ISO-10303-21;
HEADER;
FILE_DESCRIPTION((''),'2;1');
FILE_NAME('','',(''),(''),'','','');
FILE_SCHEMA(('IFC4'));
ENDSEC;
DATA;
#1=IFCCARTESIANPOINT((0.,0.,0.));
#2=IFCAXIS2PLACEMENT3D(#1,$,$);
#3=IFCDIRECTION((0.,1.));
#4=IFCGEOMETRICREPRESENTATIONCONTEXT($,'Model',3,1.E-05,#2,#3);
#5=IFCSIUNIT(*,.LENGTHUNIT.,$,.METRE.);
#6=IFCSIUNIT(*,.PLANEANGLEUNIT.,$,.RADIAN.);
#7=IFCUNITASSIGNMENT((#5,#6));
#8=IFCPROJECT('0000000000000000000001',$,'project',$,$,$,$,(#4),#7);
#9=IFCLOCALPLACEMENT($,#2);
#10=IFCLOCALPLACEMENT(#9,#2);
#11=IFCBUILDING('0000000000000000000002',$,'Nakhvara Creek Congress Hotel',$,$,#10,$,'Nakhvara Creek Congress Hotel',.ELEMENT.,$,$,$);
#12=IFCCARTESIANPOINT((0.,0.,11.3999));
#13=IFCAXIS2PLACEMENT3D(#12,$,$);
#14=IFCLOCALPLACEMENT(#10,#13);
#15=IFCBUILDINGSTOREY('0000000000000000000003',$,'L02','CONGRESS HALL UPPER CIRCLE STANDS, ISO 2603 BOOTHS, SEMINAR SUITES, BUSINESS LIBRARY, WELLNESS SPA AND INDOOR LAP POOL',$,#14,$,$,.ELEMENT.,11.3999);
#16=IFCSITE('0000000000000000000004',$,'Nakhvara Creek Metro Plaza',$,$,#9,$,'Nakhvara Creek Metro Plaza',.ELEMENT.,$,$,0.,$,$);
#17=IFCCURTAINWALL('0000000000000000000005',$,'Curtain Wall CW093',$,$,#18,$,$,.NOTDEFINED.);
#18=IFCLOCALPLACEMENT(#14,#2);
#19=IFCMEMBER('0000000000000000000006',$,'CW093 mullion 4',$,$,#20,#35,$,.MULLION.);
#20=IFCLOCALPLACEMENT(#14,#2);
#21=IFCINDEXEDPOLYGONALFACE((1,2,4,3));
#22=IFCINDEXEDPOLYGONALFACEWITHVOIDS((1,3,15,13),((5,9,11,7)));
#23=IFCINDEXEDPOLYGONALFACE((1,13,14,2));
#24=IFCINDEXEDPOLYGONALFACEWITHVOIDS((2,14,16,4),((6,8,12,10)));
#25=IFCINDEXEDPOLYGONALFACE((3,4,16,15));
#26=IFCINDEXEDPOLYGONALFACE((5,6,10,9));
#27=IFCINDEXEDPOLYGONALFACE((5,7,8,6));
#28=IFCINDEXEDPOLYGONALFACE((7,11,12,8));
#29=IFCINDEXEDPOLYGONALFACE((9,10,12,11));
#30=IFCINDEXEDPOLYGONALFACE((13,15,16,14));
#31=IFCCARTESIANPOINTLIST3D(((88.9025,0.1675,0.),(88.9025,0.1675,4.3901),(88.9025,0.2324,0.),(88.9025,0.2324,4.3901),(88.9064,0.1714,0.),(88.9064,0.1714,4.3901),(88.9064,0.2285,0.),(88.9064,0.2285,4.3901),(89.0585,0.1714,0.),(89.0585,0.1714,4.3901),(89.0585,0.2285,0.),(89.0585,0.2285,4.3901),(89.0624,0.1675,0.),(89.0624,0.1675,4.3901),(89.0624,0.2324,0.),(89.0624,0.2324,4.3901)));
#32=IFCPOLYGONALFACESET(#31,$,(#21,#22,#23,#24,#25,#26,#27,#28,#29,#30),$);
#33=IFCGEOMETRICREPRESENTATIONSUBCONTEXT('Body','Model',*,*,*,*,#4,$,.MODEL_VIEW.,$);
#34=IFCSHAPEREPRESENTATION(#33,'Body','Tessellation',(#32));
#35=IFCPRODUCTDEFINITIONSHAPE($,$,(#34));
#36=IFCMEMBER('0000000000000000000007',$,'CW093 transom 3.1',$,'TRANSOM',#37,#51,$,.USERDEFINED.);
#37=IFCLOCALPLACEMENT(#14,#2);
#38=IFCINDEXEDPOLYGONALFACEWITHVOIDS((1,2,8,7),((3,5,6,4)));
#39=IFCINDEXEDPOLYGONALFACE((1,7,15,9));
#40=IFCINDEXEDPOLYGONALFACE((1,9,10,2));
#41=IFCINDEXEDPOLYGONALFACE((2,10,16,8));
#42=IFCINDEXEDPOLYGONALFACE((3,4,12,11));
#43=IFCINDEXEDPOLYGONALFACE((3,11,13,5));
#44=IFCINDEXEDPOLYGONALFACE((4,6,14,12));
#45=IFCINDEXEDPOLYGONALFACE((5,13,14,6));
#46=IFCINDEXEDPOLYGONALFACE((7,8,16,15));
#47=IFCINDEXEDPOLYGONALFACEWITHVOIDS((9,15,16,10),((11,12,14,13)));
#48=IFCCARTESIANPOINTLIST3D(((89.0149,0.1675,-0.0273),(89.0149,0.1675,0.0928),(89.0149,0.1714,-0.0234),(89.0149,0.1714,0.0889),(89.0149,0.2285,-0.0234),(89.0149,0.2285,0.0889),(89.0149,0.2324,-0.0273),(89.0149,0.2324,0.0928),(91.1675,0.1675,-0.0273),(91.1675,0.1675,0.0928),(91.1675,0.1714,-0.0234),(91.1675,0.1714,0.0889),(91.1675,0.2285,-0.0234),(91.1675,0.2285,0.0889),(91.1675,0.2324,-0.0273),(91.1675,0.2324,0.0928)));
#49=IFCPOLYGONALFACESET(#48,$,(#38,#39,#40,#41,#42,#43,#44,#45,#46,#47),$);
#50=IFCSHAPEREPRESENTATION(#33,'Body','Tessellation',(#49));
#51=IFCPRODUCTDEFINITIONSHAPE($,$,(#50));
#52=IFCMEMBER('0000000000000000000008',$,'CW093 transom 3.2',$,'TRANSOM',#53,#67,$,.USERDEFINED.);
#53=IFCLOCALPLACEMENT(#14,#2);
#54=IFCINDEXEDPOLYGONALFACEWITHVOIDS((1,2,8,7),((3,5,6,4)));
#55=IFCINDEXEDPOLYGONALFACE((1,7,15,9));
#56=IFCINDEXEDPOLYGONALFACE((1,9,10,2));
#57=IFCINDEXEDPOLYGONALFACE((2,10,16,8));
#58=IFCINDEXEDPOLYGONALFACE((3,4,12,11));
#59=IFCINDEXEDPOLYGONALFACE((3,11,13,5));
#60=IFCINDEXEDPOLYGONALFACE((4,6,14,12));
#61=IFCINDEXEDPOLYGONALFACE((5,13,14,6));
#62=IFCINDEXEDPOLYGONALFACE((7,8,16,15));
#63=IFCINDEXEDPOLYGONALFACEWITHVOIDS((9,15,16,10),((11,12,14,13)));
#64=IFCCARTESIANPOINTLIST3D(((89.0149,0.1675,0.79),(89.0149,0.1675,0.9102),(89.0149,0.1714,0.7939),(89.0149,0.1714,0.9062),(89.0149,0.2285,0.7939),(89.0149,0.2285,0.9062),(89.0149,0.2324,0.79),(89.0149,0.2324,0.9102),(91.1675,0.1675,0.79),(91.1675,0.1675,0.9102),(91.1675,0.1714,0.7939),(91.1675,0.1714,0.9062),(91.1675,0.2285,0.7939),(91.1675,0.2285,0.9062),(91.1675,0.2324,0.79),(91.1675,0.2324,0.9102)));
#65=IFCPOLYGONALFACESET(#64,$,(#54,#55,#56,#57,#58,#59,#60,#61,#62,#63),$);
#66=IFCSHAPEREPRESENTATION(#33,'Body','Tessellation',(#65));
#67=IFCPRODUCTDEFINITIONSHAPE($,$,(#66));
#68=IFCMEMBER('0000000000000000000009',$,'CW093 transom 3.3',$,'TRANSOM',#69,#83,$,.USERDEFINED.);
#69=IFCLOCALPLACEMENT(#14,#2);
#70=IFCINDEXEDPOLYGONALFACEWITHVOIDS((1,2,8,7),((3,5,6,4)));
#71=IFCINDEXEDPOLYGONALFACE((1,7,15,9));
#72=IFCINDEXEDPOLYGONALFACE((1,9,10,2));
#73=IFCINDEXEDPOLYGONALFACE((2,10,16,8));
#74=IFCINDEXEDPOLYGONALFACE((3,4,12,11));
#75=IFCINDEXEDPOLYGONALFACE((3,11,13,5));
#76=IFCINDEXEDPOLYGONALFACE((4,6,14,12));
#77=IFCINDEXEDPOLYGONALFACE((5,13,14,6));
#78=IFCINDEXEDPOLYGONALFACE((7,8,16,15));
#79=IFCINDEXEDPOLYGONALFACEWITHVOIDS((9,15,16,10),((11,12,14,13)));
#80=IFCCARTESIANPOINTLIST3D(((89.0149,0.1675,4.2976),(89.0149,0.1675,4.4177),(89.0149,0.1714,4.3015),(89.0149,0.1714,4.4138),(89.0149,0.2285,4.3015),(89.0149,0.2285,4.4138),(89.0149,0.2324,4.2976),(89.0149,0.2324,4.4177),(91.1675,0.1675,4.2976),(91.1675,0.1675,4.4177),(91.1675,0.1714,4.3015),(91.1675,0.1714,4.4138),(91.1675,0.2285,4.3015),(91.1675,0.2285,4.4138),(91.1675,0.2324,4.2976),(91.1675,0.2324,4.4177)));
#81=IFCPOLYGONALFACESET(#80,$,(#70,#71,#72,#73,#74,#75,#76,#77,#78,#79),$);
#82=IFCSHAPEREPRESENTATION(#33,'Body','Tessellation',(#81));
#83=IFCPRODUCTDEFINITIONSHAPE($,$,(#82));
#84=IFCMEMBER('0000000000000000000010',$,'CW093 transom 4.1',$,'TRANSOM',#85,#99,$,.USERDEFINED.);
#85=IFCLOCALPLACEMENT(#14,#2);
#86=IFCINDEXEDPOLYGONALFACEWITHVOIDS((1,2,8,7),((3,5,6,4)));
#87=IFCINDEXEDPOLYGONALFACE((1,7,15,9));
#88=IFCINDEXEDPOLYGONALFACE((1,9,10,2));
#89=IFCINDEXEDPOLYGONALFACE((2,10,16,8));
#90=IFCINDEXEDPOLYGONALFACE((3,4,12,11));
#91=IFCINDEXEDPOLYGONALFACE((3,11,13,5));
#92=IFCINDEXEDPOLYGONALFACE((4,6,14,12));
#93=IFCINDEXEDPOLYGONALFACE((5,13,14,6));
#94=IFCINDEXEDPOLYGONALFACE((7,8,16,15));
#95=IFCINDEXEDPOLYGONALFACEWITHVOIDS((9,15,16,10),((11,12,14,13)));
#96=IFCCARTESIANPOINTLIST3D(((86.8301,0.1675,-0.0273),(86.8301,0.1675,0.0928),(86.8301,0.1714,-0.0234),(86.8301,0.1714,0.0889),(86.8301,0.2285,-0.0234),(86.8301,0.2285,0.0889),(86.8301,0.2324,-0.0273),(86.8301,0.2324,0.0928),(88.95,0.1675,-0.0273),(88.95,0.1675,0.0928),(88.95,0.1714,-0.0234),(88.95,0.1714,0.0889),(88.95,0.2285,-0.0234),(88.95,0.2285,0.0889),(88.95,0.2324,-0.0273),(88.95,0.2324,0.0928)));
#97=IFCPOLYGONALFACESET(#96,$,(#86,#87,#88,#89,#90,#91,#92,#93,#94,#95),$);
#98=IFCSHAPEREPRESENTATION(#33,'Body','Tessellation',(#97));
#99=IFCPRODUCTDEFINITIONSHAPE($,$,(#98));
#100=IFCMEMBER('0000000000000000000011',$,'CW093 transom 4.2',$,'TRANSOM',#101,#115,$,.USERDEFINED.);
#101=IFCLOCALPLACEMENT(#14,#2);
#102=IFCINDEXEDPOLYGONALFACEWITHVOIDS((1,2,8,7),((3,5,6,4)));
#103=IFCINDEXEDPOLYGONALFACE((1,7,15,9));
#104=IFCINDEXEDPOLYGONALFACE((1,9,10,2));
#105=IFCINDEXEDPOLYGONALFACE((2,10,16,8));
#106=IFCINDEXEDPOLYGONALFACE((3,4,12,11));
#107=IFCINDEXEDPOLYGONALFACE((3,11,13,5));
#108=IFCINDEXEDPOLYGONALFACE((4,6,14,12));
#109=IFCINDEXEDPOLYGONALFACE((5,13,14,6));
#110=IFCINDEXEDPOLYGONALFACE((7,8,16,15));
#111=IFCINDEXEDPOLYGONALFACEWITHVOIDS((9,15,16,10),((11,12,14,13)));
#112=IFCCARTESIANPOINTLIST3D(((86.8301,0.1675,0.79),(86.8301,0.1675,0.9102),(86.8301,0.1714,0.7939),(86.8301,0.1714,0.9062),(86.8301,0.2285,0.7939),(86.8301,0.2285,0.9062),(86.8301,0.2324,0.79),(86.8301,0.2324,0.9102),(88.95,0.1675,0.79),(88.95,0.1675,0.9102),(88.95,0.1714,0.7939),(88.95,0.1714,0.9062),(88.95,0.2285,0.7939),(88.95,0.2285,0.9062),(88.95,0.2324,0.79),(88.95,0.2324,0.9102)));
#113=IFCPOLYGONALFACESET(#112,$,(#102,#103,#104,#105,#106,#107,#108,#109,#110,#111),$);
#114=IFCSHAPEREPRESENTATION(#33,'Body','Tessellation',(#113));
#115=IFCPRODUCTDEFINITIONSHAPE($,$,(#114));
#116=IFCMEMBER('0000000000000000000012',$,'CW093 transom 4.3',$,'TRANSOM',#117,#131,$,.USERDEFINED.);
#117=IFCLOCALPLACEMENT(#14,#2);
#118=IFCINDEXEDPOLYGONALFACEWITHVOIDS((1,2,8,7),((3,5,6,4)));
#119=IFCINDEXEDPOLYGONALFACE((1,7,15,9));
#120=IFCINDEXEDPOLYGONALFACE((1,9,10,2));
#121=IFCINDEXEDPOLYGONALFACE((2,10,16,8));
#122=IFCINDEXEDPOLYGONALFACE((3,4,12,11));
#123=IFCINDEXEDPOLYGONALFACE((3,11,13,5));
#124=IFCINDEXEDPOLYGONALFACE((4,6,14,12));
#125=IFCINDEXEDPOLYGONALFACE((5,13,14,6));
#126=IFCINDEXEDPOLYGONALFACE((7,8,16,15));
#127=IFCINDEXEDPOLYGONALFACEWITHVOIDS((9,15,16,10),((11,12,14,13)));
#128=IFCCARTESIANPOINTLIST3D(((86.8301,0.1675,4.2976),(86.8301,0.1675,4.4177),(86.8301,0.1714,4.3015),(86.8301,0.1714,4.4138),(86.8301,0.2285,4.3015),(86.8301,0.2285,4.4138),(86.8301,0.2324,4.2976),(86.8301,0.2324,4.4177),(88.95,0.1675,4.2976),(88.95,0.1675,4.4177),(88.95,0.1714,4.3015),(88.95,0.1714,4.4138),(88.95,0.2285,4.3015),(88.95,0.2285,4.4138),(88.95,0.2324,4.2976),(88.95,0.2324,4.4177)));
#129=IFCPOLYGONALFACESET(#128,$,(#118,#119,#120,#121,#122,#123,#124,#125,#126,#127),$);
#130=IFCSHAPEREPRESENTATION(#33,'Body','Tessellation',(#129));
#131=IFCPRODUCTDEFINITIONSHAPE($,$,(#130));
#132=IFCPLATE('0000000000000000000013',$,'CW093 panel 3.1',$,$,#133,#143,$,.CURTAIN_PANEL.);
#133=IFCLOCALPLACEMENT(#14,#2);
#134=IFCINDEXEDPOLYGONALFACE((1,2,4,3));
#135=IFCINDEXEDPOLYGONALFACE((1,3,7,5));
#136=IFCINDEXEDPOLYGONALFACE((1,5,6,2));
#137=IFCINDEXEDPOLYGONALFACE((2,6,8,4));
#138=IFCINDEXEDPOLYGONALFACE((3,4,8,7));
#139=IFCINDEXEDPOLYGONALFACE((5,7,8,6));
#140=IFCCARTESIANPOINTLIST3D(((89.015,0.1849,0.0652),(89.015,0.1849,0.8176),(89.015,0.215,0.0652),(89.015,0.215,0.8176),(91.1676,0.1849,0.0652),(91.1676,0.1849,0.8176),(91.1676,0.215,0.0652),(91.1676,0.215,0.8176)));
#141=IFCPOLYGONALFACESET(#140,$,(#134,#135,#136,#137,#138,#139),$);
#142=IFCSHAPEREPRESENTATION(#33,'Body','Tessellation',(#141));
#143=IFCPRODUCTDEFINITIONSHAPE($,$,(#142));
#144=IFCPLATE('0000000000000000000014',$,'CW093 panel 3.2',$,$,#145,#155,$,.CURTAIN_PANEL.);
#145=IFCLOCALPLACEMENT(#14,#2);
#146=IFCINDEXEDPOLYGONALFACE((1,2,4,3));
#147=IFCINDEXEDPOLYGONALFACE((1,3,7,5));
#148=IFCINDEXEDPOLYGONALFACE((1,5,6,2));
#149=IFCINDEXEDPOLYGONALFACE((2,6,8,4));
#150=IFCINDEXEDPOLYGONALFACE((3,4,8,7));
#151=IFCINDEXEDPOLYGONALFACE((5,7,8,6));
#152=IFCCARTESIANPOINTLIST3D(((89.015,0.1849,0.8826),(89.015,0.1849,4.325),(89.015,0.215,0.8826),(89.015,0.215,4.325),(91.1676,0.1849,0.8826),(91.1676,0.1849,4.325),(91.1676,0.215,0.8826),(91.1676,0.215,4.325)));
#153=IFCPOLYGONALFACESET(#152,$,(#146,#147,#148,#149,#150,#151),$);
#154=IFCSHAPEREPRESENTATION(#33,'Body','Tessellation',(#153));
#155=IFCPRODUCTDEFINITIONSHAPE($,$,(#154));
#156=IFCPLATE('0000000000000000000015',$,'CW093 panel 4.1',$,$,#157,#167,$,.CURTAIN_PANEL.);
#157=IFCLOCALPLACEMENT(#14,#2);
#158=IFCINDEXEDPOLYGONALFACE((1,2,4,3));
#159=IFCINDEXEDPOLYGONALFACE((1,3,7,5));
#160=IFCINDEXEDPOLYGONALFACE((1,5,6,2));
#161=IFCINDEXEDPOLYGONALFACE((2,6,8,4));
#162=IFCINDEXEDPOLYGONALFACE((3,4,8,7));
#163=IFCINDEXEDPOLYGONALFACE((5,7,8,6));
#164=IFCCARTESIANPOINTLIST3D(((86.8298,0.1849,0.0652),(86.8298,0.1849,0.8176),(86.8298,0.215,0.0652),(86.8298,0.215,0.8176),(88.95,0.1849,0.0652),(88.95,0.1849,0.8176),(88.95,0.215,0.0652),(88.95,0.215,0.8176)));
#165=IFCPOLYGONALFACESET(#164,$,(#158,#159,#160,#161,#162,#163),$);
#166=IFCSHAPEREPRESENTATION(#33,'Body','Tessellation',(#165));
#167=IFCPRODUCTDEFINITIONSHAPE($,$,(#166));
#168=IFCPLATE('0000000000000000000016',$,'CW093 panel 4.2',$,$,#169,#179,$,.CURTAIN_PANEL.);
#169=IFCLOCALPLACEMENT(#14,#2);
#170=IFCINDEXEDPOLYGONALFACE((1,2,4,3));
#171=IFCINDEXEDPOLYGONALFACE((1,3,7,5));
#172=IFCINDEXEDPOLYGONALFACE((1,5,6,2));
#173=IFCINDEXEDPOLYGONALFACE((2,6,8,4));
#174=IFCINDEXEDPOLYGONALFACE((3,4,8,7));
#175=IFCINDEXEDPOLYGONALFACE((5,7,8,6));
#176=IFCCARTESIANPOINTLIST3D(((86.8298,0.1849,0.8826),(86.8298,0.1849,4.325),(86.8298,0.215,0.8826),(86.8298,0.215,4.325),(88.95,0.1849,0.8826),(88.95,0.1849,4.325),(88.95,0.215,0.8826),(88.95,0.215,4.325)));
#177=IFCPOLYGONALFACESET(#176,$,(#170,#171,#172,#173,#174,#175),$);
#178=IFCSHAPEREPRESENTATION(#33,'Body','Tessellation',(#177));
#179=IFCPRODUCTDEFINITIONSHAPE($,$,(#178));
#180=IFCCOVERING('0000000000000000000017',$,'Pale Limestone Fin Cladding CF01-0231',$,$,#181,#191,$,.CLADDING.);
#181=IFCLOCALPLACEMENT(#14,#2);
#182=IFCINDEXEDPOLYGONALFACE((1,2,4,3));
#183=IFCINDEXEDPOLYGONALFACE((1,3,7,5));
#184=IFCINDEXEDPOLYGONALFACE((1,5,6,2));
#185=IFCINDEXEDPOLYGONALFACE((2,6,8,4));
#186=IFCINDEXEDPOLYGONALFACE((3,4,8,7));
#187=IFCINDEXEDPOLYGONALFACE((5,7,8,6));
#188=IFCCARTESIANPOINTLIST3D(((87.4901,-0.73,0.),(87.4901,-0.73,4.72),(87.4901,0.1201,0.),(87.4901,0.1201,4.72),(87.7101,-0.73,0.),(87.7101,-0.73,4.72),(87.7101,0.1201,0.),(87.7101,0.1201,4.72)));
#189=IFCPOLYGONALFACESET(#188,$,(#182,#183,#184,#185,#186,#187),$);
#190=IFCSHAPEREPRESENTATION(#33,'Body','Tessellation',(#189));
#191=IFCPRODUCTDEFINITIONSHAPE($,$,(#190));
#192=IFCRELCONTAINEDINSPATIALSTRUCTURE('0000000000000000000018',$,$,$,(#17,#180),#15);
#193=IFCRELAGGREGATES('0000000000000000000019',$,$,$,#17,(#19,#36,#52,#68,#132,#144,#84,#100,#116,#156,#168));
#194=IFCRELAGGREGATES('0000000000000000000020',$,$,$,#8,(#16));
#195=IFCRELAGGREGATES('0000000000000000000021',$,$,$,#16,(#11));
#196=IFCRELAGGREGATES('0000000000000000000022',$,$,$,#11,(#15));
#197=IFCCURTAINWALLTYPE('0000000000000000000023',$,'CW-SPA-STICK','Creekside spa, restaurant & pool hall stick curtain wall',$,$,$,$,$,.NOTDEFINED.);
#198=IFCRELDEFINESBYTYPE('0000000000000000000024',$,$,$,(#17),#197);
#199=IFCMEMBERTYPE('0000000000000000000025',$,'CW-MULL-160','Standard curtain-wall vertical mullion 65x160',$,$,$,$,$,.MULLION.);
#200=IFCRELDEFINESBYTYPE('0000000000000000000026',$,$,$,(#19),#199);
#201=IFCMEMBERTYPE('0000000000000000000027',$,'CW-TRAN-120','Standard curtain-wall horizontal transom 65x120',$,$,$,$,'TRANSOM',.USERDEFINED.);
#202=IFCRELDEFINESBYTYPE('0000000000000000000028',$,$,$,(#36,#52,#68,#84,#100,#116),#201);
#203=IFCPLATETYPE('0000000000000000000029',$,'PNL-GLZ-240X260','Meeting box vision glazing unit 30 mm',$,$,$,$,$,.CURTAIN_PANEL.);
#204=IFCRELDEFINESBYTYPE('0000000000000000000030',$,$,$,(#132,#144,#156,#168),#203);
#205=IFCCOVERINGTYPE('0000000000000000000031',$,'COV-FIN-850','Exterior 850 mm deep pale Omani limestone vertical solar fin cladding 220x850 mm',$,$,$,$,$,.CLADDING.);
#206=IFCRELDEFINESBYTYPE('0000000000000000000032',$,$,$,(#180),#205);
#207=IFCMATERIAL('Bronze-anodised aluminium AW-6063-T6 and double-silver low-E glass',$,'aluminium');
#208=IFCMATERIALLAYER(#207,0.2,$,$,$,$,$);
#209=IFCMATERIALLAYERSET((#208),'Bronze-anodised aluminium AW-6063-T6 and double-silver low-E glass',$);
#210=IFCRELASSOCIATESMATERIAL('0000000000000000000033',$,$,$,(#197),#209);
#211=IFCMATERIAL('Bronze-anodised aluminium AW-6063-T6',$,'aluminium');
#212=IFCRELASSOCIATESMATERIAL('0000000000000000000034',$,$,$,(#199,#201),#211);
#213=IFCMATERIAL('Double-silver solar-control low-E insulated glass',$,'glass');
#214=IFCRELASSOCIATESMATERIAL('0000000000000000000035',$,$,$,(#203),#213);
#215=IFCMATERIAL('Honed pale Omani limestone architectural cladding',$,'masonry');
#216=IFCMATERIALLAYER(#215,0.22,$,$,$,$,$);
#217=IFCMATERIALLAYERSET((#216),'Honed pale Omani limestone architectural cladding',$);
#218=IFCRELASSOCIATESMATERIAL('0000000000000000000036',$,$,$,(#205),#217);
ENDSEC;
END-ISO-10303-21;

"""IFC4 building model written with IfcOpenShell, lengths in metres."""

from ifc_helpers import new_model, si_unit, direction, frame, origin, origin_2d, place, context, subcontext, project, spatial, rectangle, hollow_rectangle, extrude, material, layer, layer_set, material_profile, profile_set, type_object, element, aggregate, save


model = new_model("IFC4")

# Units and contexts
model_context = context("Model", 3, precision=1e-05, world=origin(), true_north=direction((0.0, 1.0)))
body_context = subcontext(model_context, "Body", "Model", "MODEL_VIEW")
ifc_project = project(units=[si_unit("LENGTHUNIT", "METRE"), si_unit("PLANEANGLEUNIT", "RADIAN")], contexts=[model_context])

# Site, building, storey
site_placement = place(None, origin())
site = spatial("IfcSite", under=ifc_project, at=site_placement, Name="Nakhvara Creek Metro Plaza", LongName="Nakhvara Creek Metro Plaza", CompositionType="ELEMENT", RefElevation=0.0)
building_placement = place(site_placement, origin())
building = spatial("IfcBuilding", under=site, at=building_placement, Name="Nakhvara Creek Congress Hotel", LongName="Nakhvara Creek Congress Hotel", CompositionType="ELEMENT")
storey_placement = place(building_placement, frame((0.0, 0.0, 11.3999)))
storey = spatial("IfcBuildingStorey", under=building, at=storey_placement, Name="L02", Description="CONGRESS HALL UPPER CIRCLE STANDS, ISO 2603 BOOTHS, SEMINAR SUITES, BUSINESS LIBRARY, WELLNESS SPA AND INDOOR LAP POOL", CompositionType="ELEMENT", Elevation=11.3999)

# Curtain wall, members, plates
ifc_material_1 = material(Name="Bronze-anodised aluminium AW-6063-T6 and double-silver low-E glass", Category="aluminium")
ifc_layer_1 = layer(ifc_material_1, 0.2)
ifc_layer_set_1 = layer_set([ifc_layer_1], Name="Bronze-anodised aluminium AW-6063-T6 and double-silver low-E glass")
curtain_wall_type = type_object("IfcCurtainWallType", Name="CW-SPA-STICK", Description="Creekside spa, restaurant & pool hall stick curtain wall", PredefinedType="NOTDEFINED", material=ifc_layer_set_1)
curtain_wall_placement = place(storey_placement, origin())
curtain_wall = element("IfcCurtainWall", 1, at=curtain_wall_placement, inside=storey, type_object=curtain_wall_type, Name="Curtain Wall CW093", PredefinedType="NOTDEFINED")
ifc_material_2 = material(Name="Bronze-anodised aluminium AW-6063-T6", Category="aluminium")
ifc_material_profile_1 = material_profile(ifc_material_2, hollow_rectangle(XDim=0.0649, YDim=0.1599, WallThickness=0.0039, at=origin_2d()), Name="ALU-MULL 65x160x4", Category="LoadBearing")
ifc_profile_set_1 = profile_set([ifc_material_profile_1], Name="Bronze-anodised aluminium AW-6063-T6")
member_type_1 = type_object("IfcMemberType", Name="CW-MULL-160", Description="Standard curtain-wall vertical mullion 65x160", PredefinedType="MULLION", material=ifc_profile_set_1)
member_1_placement = place(storey_placement, frame((88.9824, 0.2, 0.0), z_axis=(0.0, 0.0, 1.0), x_axis=(0.0, -1.0, 0.0)))
member_1 = element("IfcMember", 2, at=member_1_placement, type_object=member_type_1, Name="CW093 mullion 4", PredefinedType="MULLION", context=body_context, shape_type="SweptSolid", body=[
    extrude(hollow_rectangle(XDim=0.0649, YDim=0.1599, WallThickness=0.0039, at=origin_2d()), origin(), (0.0, 0.0, 1.0), 4.3901),
])
ifc_material_profile_2 = material_profile(ifc_material_2, hollow_rectangle(XDim=0.0649, YDim=0.1201, WallThickness=0.0039, at=origin_2d()), Name="ALU-TRAN 65x120x4", Category="LoadBearing")
ifc_profile_set_2 = profile_set([ifc_material_profile_2], Name="Bronze-anodised aluminium AW-6063-T6")
member_type_2 = type_object("IfcMemberType", Name="CW-TRAN-120", Description="Standard curtain-wall horizontal transom 65x120", ElementType="TRANSOM", PredefinedType="USERDEFINED", material=ifc_profile_set_2)
member_2_placement = place(storey_placement, frame((91.1675, 0.2, 0.0327), z_axis=(-1.0, 0.0, 0.0), x_axis=(0.0, -1.0, 0.0)))
member_2 = element("IfcMember", 3, at=member_2_placement, type_object=member_type_2, Name="CW093 transom 3.1", ObjectType="TRANSOM", PredefinedType="USERDEFINED", context=body_context, shape_type="SweptSolid", body=[
    extrude(hollow_rectangle(XDim=0.0649, YDim=0.1201, WallThickness=0.0039, at=origin_2d()), origin(), (0.0, 0.0, 1.0), 2.1526),
])
member_3_placement = place(storey_placement, frame((91.1675, 0.2, 0.8501), z_axis=(-1.0, 0.0, 0.0), x_axis=(0.0, -1.0, 0.0)))
member_3 = element("IfcMember", 4, at=member_3_placement, type_object=member_type_2, Name="CW093 transom 3.2", ObjectType="TRANSOM", PredefinedType="USERDEFINED", context=body_context, shape_type="SweptSolid", body=[
    extrude(hollow_rectangle(XDim=0.0649, YDim=0.1201, WallThickness=0.0039, at=origin_2d()), origin(), (0.0, 0.0, 1.0), 2.1526),
])
member_4_placement = place(storey_placement, frame((91.1675, 0.2, 4.3577), z_axis=(-1.0, 0.0, 0.0), x_axis=(0.0, -1.0, 0.0)))
member_4 = element("IfcMember", 5, at=member_4_placement, type_object=member_type_2, Name="CW093 transom 3.3", ObjectType="TRANSOM", PredefinedType="USERDEFINED", context=body_context, shape_type="SweptSolid", body=[
    extrude(hollow_rectangle(XDim=0.0649, YDim=0.1201, WallThickness=0.0039, at=origin_2d()), origin(), (0.0, 0.0, 1.0), 2.1526),
])
member_5_placement = place(storey_placement, frame((88.95, 0.2, 0.0327), z_axis=(-1.0, 0.0, 0.0), x_axis=(0.0, -1.0, 0.0)))
member_5 = element("IfcMember", 6, at=member_5_placement, type_object=member_type_2, Name="CW093 transom 4.1", ObjectType="TRANSOM", PredefinedType="USERDEFINED", context=body_context, shape_type="SweptSolid", body=[
    extrude(hollow_rectangle(XDim=0.0649, YDim=0.1201, WallThickness=0.0039, at=origin_2d()), origin(), (0.0, 0.0, 1.0), 2.1199),
])
member_6_placement = place(storey_placement, frame((88.95, 0.2, 0.8501), z_axis=(-1.0, 0.0, 0.0), x_axis=(0.0, -1.0, 0.0)))
member_6 = element("IfcMember", 7, at=member_6_placement, type_object=member_type_2, Name="CW093 transom 4.2", ObjectType="TRANSOM", PredefinedType="USERDEFINED", context=body_context, shape_type="SweptSolid", body=[
    extrude(hollow_rectangle(XDim=0.0649, YDim=0.1201, WallThickness=0.0039, at=origin_2d()), origin(), (0.0, 0.0, 1.0), 2.1199),
])
member_7_placement = place(storey_placement, frame((88.95, 0.2, 4.3577), z_axis=(-1.0, 0.0, 0.0), x_axis=(0.0, -1.0, 0.0)))
member_7 = element("IfcMember", 8, at=member_7_placement, type_object=member_type_2, Name="CW093 transom 4.3", ObjectType="TRANSOM", PredefinedType="USERDEFINED", context=body_context, shape_type="SweptSolid", body=[
    extrude(hollow_rectangle(XDim=0.0649, YDim=0.1201, WallThickness=0.0039, at=origin_2d()), origin(), (0.0, 0.0, 1.0), 2.1199),
])
ifc_material_3 = material(Name="Double-silver solar-control low-E insulated glass", Category="glass")
plate_type = type_object("IfcPlateType", Name="PNL-GLZ-240X260", Description="Meeting box vision glazing unit 30 mm", PredefinedType="CURTAIN_PANEL", material=ifc_material_3)
plate_1_placement = place(storey_placement, frame((90.0913, 0.2, 0.0652), z_axis=(0.0, 0.0, 1.0), x_axis=(-1.0, 0.0, 0.0)))
plate_1 = element("IfcPlate", 9, at=plate_1_placement, type_object=plate_type, Name="CW093 panel 3.1", PredefinedType="CURTAIN_PANEL", context=body_context, shape_type="SweptSolid", body=[
    extrude(rectangle(XDim=2.1526, YDim=0.03, at=origin_2d()), origin(), (0.0, 0.0, 1.0), 0.7524),
])
plate_2_placement = place(storey_placement, frame((90.0913, 0.2, 0.8826), z_axis=(0.0, 0.0, 1.0), x_axis=(-1.0, 0.0, 0.0)))
plate_2 = element("IfcPlate", 10, at=plate_2_placement, type_object=plate_type, Name="CW093 panel 3.2", PredefinedType="CURTAIN_PANEL", context=body_context, shape_type="SweptSolid", body=[
    extrude(rectangle(XDim=2.1526, YDim=0.03, at=origin_2d()), origin(), (0.0, 0.0, 1.0), 3.4424),
])
plate_3_placement = place(storey_placement, frame((87.8899, 0.2, 0.0652), z_axis=(0.0, 0.0, 1.0), x_axis=(-1.0, 0.0, 0.0)))
plate_3 = element("IfcPlate", 11, at=plate_3_placement, type_object=plate_type, Name="CW093 panel 4.1", PredefinedType="CURTAIN_PANEL", context=body_context, shape_type="SweptSolid", body=[
    extrude(rectangle(XDim=2.1201, YDim=0.03, at=origin_2d()), origin(), (0.0, 0.0, 1.0), 0.7524),
])
plate_4_placement = place(storey_placement, frame((87.8899, 0.2, 0.8826), z_axis=(0.0, 0.0, 1.0), x_axis=(-1.0, 0.0, 0.0)))
plate_4 = element("IfcPlate", 12, at=plate_4_placement, type_object=plate_type, Name="CW093 panel 4.2", PredefinedType="CURTAIN_PANEL", context=body_context, shape_type="SweptSolid", body=[
    extrude(rectangle(XDim=2.1201, YDim=0.03, at=origin_2d()), origin(), (0.0, 0.0, 1.0), 3.4424),
])
aggregate(curtain_wall, [member_1, member_2, member_3, member_4, plate_1, plate_2, member_5, member_6, member_7, plate_3, plate_4])

# Covering
ifc_material_4 = material(Name="Honed pale Omani limestone architectural cladding", Category="masonry")
ifc_layer_2 = layer(ifc_material_4, 0.22)
ifc_layer_set_2 = layer_set([ifc_layer_2], Name="Honed pale Omani limestone architectural cladding")
covering_type = type_object("IfcCoveringType", Name="COV-FIN-850", Description="Exterior 850 mm deep pale Omani limestone vertical solar fin cladding 220x850 mm", PredefinedType="CLADDING", material=ifc_layer_set_2)
for number, where, z_axis, x_axis, name in (
    (13, (87.6001, -0.3049, 0.0), (0.0, 0.0, 1.0), (1.0, 0.0, 0.0), "Pale Limestone Fin Cladding CF01-0231"),
):
    element("IfcCovering", number, at=place(storey_placement, frame(where, z_axis=z_axis, x_axis=x_axis)), inside=storey, type_object=covering_type, Name=name, PredefinedType="CLADDING", context=body_context, shape_type="SweptSolid", body=[
        extrude(rectangle(XDim=0.22, YDim=0.8501, at=origin_2d()), origin(), (0.0, 0.0, 1.0), 4.72),
    ])

save(model, "model.ifc")
